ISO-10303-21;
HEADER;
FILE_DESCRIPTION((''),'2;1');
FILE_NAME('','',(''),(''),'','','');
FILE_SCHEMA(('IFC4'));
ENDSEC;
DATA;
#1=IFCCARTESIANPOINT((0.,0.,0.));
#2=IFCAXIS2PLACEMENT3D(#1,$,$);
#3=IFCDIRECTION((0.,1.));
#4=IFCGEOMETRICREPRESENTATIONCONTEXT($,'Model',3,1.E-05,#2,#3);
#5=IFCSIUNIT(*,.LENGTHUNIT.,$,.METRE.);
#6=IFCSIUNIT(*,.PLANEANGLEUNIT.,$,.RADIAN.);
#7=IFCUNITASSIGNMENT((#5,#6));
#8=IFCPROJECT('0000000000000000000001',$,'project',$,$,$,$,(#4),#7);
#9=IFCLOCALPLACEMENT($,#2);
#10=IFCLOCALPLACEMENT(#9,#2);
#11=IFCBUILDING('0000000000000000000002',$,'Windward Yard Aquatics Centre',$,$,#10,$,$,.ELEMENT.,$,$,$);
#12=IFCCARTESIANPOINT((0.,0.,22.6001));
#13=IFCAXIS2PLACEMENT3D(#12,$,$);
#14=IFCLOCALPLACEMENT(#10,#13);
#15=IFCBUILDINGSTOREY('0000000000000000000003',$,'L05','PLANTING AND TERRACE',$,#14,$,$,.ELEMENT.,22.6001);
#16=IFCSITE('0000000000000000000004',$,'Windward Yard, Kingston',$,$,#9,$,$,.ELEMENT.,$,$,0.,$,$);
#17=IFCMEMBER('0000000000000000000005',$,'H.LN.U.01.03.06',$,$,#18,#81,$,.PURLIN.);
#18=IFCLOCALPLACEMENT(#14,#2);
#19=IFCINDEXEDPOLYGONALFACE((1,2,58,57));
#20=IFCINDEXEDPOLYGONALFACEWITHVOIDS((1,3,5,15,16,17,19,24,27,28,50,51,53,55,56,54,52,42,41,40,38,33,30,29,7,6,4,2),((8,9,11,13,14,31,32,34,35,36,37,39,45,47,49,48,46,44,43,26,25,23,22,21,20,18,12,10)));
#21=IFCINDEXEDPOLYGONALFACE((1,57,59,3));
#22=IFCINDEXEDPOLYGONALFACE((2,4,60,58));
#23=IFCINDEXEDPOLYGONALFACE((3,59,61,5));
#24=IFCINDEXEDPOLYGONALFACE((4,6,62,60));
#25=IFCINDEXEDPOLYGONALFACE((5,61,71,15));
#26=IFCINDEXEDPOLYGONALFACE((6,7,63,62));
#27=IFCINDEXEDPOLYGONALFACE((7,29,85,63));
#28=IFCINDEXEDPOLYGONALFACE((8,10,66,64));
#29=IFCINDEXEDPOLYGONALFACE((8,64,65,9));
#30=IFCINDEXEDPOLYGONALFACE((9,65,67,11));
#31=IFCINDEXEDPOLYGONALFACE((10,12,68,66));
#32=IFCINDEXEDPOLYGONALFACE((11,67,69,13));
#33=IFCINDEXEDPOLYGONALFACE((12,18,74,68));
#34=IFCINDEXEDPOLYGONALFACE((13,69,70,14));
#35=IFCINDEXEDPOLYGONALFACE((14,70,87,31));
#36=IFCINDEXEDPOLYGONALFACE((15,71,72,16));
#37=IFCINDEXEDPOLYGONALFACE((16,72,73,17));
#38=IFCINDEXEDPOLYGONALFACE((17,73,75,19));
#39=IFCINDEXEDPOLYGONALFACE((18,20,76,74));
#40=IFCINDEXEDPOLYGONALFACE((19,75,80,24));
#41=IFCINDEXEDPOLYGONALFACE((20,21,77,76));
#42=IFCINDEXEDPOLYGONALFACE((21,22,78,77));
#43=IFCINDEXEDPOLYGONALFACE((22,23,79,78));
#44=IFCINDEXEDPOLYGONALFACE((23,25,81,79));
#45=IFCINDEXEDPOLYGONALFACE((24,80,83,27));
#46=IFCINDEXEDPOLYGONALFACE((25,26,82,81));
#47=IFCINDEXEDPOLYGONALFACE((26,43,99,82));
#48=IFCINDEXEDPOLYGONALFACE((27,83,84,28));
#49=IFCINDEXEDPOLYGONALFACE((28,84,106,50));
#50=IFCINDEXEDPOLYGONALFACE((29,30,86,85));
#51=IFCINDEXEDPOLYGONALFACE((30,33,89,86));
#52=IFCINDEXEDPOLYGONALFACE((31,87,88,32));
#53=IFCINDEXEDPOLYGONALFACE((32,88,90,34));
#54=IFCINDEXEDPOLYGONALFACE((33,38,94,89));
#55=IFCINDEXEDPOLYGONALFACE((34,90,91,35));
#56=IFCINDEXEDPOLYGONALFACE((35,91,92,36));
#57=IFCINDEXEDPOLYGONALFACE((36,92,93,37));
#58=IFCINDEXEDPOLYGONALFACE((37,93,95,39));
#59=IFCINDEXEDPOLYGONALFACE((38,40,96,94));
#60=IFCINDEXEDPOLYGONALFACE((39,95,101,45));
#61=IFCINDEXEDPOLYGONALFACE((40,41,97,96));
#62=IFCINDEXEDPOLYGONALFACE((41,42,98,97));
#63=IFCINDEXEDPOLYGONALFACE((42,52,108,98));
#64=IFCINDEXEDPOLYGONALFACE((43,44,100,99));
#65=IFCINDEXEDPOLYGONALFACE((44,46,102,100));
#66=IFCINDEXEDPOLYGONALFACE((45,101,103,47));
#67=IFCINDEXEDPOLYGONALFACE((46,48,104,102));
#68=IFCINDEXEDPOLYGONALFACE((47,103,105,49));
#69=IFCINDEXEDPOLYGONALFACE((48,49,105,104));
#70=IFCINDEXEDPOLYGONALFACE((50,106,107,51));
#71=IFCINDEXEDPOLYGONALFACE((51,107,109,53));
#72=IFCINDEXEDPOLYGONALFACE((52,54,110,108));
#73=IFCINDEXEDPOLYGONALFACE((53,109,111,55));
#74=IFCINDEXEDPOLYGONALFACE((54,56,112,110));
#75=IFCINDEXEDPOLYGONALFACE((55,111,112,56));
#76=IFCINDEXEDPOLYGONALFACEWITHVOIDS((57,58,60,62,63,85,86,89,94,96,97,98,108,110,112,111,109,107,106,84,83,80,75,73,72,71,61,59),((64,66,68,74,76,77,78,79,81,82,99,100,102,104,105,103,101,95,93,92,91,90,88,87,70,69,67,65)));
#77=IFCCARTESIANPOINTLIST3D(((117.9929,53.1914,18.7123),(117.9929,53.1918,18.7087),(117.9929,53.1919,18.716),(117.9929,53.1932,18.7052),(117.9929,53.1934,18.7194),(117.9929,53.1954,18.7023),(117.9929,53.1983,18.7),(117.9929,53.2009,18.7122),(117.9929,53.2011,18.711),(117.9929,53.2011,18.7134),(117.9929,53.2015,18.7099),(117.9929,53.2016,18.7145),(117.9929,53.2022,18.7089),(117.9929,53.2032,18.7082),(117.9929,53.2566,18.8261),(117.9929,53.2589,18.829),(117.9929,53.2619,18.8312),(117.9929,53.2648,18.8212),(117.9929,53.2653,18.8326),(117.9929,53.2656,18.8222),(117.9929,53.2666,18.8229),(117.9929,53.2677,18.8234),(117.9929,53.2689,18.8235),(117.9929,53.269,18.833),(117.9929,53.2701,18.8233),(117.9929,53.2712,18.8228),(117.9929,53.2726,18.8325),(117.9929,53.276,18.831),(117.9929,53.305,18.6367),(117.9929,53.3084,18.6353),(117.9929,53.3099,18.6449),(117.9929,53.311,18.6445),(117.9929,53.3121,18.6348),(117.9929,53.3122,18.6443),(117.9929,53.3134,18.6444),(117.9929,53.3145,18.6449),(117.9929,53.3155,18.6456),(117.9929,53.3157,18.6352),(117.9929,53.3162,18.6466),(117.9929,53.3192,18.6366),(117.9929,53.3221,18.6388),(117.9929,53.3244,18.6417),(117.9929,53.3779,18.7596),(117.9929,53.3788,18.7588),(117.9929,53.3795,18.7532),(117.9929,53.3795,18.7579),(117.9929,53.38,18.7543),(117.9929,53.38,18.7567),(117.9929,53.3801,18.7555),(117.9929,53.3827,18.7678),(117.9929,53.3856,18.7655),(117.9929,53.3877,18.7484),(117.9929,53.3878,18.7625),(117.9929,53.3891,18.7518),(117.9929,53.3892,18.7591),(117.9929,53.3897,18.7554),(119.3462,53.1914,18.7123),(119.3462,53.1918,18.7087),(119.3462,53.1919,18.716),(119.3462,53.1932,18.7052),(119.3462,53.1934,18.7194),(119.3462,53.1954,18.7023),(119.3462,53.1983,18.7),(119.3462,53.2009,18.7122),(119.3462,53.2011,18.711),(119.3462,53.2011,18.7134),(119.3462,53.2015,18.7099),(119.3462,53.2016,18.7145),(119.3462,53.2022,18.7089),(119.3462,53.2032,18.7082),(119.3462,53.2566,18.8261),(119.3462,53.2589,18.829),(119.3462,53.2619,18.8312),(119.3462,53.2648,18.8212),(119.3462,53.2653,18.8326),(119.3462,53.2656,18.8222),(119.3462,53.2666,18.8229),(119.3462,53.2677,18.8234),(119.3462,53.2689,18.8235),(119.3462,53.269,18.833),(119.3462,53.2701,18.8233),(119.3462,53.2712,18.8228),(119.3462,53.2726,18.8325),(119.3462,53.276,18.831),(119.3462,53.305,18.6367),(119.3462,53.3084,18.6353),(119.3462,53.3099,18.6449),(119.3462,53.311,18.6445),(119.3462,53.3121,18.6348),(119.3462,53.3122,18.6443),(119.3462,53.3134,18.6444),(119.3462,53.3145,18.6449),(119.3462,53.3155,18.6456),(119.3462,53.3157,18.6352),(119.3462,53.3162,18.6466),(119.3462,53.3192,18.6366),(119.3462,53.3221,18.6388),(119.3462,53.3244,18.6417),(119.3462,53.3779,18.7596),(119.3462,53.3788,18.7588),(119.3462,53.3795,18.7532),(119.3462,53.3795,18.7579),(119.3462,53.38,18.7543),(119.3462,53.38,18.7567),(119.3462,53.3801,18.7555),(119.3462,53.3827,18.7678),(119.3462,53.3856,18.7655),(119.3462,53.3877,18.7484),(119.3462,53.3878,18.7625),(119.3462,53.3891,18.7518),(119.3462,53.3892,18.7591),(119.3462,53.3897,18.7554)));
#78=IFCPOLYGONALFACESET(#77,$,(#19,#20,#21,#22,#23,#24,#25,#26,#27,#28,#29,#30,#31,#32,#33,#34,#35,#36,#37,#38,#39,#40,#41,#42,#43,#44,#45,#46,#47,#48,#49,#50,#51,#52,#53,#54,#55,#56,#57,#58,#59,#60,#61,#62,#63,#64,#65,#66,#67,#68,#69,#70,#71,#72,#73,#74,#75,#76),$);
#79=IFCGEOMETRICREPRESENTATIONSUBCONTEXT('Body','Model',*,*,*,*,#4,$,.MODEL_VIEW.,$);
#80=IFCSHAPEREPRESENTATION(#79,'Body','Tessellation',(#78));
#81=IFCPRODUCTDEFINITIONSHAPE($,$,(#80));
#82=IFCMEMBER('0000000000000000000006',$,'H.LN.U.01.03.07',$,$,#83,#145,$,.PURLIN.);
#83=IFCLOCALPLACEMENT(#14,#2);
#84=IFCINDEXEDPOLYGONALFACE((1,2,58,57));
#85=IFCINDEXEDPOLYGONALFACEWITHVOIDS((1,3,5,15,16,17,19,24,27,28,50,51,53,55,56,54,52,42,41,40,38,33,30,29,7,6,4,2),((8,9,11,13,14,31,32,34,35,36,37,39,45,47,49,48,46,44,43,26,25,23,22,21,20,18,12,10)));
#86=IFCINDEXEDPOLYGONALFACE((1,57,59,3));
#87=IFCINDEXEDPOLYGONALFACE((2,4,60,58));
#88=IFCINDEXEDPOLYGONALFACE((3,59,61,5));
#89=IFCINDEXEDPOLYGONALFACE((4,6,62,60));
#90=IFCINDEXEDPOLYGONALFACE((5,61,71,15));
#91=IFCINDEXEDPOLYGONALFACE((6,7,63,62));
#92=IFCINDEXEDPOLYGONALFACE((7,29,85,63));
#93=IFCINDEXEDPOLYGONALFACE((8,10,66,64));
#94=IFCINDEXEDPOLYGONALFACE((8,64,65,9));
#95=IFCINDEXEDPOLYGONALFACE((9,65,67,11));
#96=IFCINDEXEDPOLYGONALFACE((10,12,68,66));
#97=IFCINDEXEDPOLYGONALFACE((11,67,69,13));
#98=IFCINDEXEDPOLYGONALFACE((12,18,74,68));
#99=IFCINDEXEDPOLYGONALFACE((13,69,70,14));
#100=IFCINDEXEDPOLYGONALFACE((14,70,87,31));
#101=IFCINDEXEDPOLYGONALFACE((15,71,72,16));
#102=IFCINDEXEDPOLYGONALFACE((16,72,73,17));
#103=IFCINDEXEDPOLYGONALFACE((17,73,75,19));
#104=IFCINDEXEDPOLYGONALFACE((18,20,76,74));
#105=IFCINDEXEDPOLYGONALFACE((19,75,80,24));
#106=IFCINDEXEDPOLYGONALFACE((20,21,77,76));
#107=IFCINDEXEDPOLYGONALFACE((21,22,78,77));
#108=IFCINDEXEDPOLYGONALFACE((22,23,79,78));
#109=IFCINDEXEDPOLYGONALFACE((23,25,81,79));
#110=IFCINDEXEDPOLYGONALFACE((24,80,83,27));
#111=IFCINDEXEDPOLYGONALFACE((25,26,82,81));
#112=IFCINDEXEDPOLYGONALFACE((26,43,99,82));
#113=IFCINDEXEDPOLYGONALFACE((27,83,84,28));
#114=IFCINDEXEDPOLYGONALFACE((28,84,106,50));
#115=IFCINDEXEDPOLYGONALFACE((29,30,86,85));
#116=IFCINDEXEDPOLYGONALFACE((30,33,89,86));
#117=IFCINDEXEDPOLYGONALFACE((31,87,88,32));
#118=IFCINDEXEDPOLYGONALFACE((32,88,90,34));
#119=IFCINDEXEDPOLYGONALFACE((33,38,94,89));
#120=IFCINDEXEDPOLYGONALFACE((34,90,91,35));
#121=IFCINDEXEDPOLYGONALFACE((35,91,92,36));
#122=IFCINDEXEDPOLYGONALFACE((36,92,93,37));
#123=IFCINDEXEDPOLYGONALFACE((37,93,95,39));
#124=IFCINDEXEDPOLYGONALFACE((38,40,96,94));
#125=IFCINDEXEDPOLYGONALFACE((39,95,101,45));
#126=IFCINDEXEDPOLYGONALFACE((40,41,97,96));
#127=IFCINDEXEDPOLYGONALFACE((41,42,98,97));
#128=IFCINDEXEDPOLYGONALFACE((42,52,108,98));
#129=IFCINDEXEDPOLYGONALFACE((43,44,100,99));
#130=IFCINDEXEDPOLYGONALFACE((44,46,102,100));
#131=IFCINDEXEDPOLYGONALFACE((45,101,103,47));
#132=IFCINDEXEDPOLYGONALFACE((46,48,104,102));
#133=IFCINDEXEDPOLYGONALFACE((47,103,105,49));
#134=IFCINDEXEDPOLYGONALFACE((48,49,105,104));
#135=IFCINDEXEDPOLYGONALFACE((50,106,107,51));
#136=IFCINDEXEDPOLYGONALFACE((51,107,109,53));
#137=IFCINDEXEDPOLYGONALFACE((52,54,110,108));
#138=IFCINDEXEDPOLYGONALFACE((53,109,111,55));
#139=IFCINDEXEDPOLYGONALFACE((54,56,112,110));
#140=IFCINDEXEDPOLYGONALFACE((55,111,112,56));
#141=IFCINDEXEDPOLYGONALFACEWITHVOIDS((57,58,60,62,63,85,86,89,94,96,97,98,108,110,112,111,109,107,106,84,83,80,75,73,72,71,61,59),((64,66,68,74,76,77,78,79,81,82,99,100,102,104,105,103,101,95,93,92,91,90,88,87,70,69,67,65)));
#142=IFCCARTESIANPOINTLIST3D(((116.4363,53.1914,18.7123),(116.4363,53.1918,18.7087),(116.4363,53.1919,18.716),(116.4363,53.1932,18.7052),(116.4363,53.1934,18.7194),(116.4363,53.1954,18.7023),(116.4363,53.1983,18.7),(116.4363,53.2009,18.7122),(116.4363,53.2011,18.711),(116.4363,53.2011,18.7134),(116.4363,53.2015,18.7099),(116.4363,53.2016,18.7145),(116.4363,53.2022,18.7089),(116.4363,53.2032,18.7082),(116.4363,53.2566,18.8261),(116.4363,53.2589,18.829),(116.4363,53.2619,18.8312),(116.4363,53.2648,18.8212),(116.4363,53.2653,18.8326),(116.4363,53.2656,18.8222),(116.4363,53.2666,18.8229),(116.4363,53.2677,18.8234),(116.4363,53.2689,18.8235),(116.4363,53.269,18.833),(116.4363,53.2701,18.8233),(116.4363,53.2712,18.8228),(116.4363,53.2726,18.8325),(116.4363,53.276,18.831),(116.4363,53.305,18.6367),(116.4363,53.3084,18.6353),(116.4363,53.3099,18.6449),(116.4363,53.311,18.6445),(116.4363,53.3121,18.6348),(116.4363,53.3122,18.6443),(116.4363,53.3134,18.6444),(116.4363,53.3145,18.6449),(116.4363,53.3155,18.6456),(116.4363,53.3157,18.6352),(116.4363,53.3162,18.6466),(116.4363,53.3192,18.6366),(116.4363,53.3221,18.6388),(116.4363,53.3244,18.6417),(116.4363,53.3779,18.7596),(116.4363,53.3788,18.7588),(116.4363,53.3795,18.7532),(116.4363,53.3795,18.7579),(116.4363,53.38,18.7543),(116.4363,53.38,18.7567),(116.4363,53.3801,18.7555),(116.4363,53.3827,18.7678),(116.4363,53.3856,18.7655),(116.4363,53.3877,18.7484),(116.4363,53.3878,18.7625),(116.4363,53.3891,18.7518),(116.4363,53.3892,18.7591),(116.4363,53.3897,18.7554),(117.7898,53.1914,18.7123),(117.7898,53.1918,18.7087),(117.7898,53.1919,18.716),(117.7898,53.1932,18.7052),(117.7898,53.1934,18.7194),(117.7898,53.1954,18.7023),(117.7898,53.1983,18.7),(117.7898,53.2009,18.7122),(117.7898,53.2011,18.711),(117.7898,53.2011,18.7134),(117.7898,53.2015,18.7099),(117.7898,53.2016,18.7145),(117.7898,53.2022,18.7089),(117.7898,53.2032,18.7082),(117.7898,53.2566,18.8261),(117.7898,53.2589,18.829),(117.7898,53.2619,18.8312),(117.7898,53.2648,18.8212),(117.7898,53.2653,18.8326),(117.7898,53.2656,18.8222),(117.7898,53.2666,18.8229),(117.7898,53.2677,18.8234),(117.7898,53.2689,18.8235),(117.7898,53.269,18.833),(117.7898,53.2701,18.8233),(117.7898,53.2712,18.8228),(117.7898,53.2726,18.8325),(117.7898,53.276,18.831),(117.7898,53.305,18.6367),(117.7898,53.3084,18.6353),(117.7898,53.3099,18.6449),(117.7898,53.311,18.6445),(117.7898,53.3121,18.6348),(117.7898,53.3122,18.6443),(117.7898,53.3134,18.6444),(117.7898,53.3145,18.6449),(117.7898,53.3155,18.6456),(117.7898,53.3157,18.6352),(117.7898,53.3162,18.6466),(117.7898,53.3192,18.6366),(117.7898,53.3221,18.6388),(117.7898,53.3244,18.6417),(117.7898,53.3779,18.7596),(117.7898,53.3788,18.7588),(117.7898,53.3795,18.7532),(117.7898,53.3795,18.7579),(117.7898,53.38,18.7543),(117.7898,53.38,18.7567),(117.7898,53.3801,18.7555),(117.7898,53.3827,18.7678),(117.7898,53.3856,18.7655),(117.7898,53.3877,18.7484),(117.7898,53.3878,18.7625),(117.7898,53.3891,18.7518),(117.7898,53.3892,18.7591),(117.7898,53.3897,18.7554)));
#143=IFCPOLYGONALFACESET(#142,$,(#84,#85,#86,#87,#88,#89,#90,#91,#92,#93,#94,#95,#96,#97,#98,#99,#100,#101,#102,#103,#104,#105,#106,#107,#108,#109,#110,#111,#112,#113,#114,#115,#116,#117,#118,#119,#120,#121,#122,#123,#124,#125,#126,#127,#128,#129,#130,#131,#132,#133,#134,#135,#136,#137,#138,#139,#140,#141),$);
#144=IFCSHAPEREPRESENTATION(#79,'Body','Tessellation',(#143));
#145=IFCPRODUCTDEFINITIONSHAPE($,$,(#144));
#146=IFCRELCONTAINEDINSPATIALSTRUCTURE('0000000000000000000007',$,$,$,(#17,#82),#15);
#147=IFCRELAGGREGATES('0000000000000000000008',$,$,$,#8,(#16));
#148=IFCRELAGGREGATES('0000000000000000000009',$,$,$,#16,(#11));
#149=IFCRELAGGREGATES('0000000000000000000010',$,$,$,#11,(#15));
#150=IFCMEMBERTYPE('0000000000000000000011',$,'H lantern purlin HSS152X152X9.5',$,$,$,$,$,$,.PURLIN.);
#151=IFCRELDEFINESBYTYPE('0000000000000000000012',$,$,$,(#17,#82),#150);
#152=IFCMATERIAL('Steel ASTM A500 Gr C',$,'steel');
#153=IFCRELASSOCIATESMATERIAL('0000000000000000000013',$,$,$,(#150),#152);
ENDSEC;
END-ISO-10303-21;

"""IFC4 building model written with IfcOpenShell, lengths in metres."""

from ifc_helpers import new_model, si_unit, direction, frame, origin, origin_2d, place, context, subcontext, project, spatial, hollow_rectangle, extrude, material, material_profile, profile_set, type_object, element, save


model = new_model("IFC4")

# Units and contexts
model_context = context("Model", 3, precision=1e-05, world=origin(), true_north=direction((0.0, 1.0)))
body_context = subcontext(model_context, "Body", "Model", "MODEL_VIEW")
ifc_project = project(units=[si_unit("LENGTHUNIT", "METRE"), si_unit("PLANEANGLEUNIT", "RADIAN")], contexts=[model_context])

# Site, building, storey
site_placement = place(None, origin())
site = spatial("IfcSite", under=ifc_project, at=site_placement, Name="Windward Yard, Kingston", CompositionType="ELEMENT", RefElevation=0.0)
building_placement = place(site_placement, origin())
building = spatial("IfcBuilding", under=site, at=building_placement, Name="Windward Yard Aquatics Centre", CompositionType="ELEMENT")
storey_placement = place(building_placement, frame((0.0, 0.0, 22.6001)))
storey = spatial("IfcBuildingStorey", under=building, at=storey_placement, Name="L05", Description="PLANTING AND TERRACE", CompositionType="ELEMENT", Elevation=22.6001)

# Members
ifc_material_1 = material(Name="Steel ASTM A500 Gr C", Category="steel")
ifc_material_profile = material_profile(ifc_material_1, hollow_rectangle(XDim=0.1523, YDim=0.1523, WallThickness=0.0095, InnerFilletRadius=0.0046, OuterFilletRadius=0.0142, at=origin_2d()), Name="HSS152X152X9.5")
ifc_profile_set = profile_set([ifc_material_profile], Name="Steel ASTM A500 Gr C")
member_type = type_object("IfcMemberType", Name="H lantern purlin HSS152X152X9.5", PredefinedType="PURLIN", material=ifc_profile_set)
member_1_placement = place(storey_placement, frame((119.3462, 53.2905, 18.7339), z_axis=(-1.0, 0.0, 0.0), x_axis=(0.0, -0.51012, -0.860103)))
element("IfcMember", 1, at=member_1_placement, inside=storey, type_object=member_type, Name="H.LN.U.01.03.06", PredefinedType="PURLIN", context=body_context, shape_type="SweptSolid", body=[
    extrude(hollow_rectangle(XDim=0.1523, YDim=0.1523, WallThickness=0.0095, InnerFilletRadius=0.0046, OuterFilletRadius=0.0142, at=origin_2d()), origin(), (0.0, 0.0, 1.0), 1.3533),
])
member_2_placement = place(storey_placement, frame((117.7898, 53.2905, 18.7339), z_axis=(-1.0, 0.0, 0.0), x_axis=(0.0, -0.51012, -0.860103)))
element("IfcMember", 2, at=member_2_placement, inside=storey, type_object=member_type, Name="H.LN.U.01.03.07", PredefinedType="PURLIN", context=body_context, shape_type="SweptSolid", body=[
    extrude(hollow_rectangle(XDim=0.1523, YDim=0.1523, WallThickness=0.0095, InnerFilletRadius=0.0046, OuterFilletRadius=0.0142, at=origin_2d()), origin(), (0.0, 0.0, 1.0), 1.3535),
])

save(model, "model.ifc")
